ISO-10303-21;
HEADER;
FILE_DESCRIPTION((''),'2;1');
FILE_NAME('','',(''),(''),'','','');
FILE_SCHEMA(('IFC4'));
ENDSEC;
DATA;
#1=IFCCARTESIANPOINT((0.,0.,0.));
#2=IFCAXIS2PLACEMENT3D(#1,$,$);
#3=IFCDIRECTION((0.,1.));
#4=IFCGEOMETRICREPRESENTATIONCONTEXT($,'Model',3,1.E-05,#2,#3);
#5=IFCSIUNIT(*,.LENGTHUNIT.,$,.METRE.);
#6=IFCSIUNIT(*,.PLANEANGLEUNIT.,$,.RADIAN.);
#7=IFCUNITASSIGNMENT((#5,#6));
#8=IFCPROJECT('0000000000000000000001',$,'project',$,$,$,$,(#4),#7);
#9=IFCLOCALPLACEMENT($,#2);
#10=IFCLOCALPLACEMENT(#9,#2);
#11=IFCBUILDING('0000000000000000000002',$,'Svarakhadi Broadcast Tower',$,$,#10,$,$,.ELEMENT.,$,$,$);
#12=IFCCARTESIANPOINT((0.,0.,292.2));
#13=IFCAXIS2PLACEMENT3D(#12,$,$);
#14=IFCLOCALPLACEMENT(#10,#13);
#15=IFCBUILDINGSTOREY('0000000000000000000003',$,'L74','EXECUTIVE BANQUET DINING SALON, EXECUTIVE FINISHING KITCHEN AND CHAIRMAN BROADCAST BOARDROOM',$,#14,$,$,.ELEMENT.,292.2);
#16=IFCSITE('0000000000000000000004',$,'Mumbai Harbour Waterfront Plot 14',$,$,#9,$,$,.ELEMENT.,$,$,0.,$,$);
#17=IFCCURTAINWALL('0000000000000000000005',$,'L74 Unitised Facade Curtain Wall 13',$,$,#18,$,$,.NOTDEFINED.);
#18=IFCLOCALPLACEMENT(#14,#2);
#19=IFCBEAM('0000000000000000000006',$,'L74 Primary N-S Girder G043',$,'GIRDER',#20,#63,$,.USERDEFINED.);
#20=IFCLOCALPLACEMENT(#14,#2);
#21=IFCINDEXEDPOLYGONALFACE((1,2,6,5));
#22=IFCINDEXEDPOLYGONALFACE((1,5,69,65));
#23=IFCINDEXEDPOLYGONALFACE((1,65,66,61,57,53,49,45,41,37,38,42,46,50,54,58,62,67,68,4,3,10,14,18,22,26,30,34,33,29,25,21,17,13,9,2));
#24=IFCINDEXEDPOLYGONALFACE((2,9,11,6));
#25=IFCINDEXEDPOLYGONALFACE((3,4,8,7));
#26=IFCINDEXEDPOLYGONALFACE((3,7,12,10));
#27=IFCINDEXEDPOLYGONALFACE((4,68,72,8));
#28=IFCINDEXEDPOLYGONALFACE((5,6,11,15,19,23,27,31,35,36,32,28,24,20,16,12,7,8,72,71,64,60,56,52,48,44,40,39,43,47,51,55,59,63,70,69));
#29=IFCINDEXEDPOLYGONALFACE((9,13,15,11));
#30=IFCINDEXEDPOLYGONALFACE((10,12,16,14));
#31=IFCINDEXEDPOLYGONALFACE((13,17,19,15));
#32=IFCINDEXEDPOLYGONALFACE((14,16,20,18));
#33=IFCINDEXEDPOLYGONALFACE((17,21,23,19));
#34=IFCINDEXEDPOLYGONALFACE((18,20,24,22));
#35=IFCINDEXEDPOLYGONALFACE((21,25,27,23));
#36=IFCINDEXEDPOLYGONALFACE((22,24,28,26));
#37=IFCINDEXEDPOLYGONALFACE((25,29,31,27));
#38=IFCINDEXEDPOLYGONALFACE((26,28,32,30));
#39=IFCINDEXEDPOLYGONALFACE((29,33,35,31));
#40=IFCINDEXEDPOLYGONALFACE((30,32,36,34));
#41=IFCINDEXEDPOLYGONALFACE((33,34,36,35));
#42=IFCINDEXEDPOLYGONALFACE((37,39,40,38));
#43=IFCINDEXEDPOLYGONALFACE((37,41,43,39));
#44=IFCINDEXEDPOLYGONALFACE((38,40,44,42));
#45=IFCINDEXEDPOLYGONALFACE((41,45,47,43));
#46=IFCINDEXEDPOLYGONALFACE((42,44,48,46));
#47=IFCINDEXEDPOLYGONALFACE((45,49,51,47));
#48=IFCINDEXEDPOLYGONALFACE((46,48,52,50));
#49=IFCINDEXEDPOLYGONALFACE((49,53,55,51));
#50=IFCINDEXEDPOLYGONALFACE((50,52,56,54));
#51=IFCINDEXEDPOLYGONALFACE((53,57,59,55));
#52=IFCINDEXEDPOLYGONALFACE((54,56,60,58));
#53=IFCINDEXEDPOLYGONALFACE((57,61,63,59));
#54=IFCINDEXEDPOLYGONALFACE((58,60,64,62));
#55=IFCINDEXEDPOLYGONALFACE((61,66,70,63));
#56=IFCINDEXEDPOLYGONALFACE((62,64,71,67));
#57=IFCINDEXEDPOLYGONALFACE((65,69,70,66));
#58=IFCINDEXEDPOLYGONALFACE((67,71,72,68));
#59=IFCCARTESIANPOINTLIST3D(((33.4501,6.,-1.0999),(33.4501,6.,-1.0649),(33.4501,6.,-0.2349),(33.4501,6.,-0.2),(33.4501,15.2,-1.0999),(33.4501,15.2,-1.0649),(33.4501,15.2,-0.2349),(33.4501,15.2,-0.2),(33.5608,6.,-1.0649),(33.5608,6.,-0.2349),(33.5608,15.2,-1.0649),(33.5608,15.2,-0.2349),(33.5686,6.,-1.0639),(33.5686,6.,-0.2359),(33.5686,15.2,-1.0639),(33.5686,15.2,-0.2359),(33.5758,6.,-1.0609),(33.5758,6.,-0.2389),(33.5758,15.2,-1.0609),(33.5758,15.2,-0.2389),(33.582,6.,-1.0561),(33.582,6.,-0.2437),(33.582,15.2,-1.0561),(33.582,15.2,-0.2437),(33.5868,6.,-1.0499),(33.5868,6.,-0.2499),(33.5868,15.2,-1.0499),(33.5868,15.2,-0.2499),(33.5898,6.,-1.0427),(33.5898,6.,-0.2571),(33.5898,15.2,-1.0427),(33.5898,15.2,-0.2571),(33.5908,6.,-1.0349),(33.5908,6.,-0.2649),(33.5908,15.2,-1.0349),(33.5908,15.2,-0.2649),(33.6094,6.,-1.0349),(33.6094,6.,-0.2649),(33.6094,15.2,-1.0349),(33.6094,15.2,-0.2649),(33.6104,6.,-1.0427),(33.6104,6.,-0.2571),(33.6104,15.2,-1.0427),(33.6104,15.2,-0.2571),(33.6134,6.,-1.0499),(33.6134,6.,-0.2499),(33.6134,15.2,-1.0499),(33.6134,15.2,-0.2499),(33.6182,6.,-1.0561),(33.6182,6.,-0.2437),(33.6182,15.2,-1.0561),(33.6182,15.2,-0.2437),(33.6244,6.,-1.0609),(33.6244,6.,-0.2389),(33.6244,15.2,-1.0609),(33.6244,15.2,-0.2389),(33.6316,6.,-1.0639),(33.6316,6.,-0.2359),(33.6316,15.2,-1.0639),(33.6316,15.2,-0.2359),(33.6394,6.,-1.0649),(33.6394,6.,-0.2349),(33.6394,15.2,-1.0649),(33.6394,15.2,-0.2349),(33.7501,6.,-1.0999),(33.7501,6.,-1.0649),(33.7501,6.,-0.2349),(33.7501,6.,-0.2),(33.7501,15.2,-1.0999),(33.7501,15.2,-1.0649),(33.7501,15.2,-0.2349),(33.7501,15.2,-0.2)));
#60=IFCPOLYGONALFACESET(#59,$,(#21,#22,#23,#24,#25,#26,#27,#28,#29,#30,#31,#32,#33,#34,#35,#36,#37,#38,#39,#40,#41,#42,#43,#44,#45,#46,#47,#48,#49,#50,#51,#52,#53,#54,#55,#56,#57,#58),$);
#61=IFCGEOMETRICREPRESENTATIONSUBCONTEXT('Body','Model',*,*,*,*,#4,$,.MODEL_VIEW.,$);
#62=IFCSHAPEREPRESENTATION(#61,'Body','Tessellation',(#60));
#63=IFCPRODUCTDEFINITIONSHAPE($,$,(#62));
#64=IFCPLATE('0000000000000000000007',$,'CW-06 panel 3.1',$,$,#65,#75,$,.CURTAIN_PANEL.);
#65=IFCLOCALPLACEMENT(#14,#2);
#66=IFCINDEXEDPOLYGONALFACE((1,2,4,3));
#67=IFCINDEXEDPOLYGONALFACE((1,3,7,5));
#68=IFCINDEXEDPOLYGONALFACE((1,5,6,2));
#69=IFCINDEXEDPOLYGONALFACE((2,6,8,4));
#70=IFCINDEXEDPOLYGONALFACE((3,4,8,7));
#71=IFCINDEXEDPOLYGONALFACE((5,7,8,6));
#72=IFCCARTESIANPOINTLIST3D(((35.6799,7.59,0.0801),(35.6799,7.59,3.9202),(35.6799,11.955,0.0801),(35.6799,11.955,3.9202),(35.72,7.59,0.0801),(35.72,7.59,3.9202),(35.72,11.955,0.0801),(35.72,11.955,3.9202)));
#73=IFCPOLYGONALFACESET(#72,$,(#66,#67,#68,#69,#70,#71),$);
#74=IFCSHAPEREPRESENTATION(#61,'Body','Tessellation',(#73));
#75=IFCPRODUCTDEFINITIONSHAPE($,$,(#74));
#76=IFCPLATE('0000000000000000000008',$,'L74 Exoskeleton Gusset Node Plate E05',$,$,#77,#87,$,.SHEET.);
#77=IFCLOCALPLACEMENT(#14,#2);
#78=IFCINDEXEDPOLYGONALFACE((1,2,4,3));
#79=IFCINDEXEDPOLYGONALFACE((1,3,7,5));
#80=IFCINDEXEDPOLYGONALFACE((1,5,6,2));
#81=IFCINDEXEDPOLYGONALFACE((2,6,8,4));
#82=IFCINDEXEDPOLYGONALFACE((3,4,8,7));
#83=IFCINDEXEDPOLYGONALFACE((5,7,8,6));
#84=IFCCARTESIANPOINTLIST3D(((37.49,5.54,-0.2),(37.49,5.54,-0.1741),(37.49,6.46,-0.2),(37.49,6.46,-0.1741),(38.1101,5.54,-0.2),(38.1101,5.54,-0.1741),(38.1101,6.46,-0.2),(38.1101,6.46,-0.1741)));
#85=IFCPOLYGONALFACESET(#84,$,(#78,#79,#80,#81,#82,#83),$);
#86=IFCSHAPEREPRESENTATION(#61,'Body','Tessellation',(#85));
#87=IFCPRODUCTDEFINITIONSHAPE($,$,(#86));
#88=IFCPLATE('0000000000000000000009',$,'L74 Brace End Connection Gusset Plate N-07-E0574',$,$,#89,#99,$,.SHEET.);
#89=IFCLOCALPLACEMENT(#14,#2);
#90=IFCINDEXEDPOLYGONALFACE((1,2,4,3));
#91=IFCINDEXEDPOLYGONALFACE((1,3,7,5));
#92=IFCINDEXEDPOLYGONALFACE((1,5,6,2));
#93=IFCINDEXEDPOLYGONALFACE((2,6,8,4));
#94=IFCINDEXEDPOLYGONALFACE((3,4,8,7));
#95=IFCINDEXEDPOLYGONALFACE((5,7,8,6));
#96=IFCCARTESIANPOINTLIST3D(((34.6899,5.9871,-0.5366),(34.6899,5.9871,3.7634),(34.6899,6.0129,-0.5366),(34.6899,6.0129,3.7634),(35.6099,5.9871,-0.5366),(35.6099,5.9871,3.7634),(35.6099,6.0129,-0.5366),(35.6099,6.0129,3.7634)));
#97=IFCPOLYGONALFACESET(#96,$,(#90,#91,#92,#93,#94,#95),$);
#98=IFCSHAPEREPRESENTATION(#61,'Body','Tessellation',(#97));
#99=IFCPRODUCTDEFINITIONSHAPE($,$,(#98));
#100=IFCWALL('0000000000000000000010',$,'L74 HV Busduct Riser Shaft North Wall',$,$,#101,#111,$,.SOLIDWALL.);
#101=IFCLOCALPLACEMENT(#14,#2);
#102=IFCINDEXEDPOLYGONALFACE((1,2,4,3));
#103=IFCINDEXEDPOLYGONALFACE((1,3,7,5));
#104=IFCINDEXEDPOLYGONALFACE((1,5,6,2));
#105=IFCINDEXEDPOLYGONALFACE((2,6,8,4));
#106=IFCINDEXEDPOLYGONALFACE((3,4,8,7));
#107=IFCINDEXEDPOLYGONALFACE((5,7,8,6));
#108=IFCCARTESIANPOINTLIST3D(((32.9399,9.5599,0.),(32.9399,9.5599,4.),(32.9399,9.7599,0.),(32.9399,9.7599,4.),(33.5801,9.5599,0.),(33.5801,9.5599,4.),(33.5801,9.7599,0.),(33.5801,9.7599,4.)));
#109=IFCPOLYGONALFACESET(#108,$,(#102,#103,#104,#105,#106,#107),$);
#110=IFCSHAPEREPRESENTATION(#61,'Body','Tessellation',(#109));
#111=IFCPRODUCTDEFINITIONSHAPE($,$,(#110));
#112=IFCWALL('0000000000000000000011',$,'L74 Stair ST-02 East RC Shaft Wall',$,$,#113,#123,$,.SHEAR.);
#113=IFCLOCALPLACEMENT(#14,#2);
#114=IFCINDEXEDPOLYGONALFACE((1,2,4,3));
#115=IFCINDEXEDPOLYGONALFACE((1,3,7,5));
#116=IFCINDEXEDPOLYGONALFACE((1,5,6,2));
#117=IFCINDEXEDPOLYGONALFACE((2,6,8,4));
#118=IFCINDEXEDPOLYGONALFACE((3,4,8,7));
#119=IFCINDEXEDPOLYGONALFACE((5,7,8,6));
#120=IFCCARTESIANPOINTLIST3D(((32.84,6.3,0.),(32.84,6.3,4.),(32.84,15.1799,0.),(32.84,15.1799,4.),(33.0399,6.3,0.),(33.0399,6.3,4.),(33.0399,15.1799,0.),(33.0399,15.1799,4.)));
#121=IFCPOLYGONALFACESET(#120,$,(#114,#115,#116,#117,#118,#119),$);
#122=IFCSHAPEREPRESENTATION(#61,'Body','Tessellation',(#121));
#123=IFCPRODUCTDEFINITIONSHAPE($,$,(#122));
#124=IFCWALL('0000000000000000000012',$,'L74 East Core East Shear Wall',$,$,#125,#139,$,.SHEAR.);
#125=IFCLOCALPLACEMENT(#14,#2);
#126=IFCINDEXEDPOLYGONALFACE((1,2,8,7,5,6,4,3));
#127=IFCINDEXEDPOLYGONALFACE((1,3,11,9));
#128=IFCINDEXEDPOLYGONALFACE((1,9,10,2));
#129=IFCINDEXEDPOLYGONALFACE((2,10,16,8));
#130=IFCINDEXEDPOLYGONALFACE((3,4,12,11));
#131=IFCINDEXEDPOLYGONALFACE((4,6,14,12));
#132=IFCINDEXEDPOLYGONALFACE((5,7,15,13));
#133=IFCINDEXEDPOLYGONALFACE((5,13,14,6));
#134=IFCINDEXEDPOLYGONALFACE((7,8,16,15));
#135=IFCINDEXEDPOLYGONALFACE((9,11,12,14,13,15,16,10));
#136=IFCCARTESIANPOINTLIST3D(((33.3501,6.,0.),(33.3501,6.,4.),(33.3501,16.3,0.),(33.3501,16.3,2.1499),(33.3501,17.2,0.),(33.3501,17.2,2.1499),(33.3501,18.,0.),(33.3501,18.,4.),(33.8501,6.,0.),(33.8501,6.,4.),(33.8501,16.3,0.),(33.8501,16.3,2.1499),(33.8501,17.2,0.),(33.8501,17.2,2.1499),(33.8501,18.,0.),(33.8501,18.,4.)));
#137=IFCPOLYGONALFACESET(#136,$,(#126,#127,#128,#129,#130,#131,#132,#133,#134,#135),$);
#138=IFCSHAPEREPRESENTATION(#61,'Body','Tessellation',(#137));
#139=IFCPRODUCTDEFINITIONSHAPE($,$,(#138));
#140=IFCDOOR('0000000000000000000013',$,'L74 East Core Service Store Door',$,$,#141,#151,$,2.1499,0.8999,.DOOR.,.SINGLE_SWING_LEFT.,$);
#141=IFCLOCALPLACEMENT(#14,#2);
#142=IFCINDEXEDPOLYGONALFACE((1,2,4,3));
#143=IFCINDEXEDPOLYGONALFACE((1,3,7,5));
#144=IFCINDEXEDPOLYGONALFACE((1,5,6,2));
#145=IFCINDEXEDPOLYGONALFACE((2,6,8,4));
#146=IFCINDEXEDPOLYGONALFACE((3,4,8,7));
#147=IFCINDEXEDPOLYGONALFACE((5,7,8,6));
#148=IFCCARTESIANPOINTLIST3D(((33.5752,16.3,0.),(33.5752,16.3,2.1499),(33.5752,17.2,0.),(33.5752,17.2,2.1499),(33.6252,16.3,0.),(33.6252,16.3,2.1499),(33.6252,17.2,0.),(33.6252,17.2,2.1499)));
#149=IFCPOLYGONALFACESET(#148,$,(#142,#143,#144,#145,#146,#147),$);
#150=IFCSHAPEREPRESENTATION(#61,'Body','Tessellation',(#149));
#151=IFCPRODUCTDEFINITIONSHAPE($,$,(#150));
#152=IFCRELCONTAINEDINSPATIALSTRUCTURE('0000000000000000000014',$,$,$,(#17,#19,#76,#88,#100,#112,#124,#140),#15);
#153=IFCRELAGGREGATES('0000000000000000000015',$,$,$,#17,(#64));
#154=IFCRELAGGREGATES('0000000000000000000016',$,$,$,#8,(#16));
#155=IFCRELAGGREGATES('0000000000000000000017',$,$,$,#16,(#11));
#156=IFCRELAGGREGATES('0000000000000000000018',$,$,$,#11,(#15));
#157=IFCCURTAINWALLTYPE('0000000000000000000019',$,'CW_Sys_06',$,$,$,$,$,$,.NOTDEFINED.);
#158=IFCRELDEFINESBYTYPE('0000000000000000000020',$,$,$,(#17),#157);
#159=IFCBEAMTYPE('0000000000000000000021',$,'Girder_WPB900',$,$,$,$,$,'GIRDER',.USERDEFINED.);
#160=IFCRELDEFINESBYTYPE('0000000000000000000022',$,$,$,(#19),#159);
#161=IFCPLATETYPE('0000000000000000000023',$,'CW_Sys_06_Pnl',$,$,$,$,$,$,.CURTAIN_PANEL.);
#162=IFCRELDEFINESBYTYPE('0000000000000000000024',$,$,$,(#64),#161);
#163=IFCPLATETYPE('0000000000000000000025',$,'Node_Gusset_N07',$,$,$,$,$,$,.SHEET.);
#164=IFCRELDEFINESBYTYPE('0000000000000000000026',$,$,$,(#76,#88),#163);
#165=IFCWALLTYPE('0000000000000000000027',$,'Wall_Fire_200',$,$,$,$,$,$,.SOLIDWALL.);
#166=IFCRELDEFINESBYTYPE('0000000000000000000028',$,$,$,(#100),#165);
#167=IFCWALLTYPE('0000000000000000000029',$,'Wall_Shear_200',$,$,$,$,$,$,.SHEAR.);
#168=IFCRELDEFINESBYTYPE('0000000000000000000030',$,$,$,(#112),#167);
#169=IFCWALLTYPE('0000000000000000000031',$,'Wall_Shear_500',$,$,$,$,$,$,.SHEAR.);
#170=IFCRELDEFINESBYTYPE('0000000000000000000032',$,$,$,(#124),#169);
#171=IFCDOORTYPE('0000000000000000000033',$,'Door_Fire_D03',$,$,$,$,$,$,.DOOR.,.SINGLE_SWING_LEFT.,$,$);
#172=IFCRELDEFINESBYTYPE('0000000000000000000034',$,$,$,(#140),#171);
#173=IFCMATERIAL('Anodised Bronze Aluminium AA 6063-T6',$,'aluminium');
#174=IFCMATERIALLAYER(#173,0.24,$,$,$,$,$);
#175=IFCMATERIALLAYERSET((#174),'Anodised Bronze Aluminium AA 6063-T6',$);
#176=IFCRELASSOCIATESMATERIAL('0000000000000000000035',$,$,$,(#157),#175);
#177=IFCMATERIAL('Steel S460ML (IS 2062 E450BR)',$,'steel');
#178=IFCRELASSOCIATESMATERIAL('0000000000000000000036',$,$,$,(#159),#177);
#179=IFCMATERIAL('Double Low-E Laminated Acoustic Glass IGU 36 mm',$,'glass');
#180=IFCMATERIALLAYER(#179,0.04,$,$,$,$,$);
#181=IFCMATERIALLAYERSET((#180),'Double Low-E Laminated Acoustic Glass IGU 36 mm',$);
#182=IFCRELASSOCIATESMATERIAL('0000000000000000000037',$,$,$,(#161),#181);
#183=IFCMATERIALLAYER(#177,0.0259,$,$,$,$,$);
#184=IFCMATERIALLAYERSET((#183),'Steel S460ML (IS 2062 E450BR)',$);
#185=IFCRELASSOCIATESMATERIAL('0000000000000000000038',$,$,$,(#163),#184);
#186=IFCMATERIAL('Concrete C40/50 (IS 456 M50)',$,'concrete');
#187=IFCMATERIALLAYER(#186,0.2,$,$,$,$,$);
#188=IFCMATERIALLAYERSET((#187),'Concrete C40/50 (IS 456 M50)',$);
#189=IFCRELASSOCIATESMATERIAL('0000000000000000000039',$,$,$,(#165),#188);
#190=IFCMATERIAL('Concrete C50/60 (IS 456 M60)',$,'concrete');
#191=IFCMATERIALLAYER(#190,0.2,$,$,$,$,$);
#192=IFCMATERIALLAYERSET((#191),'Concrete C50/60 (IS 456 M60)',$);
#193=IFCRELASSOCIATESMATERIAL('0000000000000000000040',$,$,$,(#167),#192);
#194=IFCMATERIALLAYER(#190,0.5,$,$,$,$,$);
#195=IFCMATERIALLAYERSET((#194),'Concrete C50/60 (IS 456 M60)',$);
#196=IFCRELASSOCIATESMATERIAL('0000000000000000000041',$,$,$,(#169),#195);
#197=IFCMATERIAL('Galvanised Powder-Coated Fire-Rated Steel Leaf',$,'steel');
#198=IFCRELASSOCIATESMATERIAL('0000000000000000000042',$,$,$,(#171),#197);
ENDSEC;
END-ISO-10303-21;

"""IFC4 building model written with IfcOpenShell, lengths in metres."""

from ifc_helpers import new_model, si_unit, direction, frame, frame_2d, origin, origin_2d, place, context, subcontext, project, spatial, rectangle, i_section, extrude, material, layer, layer_set, material_profile, profile_set, type_object, element, fill, aggregate, save


model = new_model("IFC4")

# Units and contexts
model_context = context("Model", 3, precision=1e-05, world=origin(), true_north=direction((0.0, 1.0)))
body_context = subcontext(model_context, "Body", "Model", "MODEL_VIEW")
ifc_project = project(units=[si_unit("LENGTHUNIT", "METRE"), si_unit("PLANEANGLEUNIT", "RADIAN")], contexts=[model_context])

# Site, building, storey
site_placement = place(None, origin())
site = spatial("IfcSite", under=ifc_project, at=site_placement, Name="Mumbai Harbour Waterfront Plot 14", CompositionType="ELEMENT", RefElevation=0.0)
building_placement = place(site_placement, origin())
building = spatial("IfcBuilding", under=site, at=building_placement, Name="Svarakhadi Broadcast Tower", CompositionType="ELEMENT")
storey_placement = place(building_placement, frame((0.0, 0.0, 292.2)))
storey = spatial("IfcBuildingStorey", under=building, at=storey_placement, Name="L74", Description="EXECUTIVE BANQUET DINING SALON, EXECUTIVE FINISHING KITCHEN AND CHAIRMAN BROADCAST BOARDROOM", CompositionType="ELEMENT", Elevation=292.2)

# Shared definitions
ifc_material_1 = material(Name="Steel S460ML (IS 2062 E450BR)", Category="steel")

# Curtain wall
ifc_material_2 = material(Name="Anodised Bronze Aluminium AA 6063-T6", Category="aluminium")
ifc_layer_1 = layer(ifc_material_2, 0.24)
ifc_layer_set_1 = layer_set([ifc_layer_1], Name="Anodised Bronze Aluminium AA 6063-T6")
curtain_wall_type = type_object("IfcCurtainWallType", Name="CW_Sys_06", PredefinedType="NOTDEFINED", material=ifc_layer_set_1)
curtain_wall_placement = place(storey_placement, origin())
curtain_wall = element("IfcCurtainWall", 1, at=curtain_wall_placement, inside=storey, type_object=curtain_wall_type, Name="L74 Unitised Facade Curtain Wall 13", PredefinedType="NOTDEFINED")

# Beam
ifc_material_profile_1 = material_profile(ifc_material_1, i_section(OverallWidth=0.3, OverallDepth=0.8999, WebThickness=0.0186, FlangeThickness=0.0349, FilletRadius=0.03, at=origin_2d()), Name="WPB 900x300x291")
ifc_profile_set_1 = profile_set([ifc_material_profile_1], Name="Steel S460ML (IS 2062 E450BR)")
beam_type_1 = type_object("IfcBeamType", Name="Girder_WPB900", ElementType="GIRDER", PredefinedType="USERDEFINED", material=ifc_profile_set_1)
beam_1_placement = place(storey_placement, frame((33.6001, 6.0, -0.6499), z_axis=(0.0, 1.0, 0.0), x_axis=(-1.0, 0.0, 0.0)))
element("IfcBeam", 2, at=beam_1_placement, inside=storey, type_object=beam_type_1, Name="L74 Primary N-S Girder G043", ObjectType="GIRDER", PredefinedType="USERDEFINED", context=body_context, shape_type="SweptSolid", body=[
    extrude(i_section(OverallWidth=0.3, OverallDepth=0.8999, WebThickness=0.0186, FlangeThickness=0.0349, FilletRadius=0.03, at=origin_2d()), origin(), (0.0, 0.0, 1.0), 9.2),
])

# Plate
ifc_material_3 = material(Name="Double Low-E Laminated Acoustic Glass IGU 36 mm", Category="glass")
ifc_layer_2 = layer(ifc_material_3, 0.04)
ifc_layer_set_2 = layer_set([ifc_layer_2], Name="Double Low-E Laminated Acoustic Glass IGU 36 mm")
plate_type_1 = type_object("IfcPlateType", Name="CW_Sys_06_Pnl", PredefinedType="CURTAIN_PANEL", material=ifc_layer_set_2)
plate_1_placement = place(storey_placement, frame((35.7, 9.7725, 0.0801), z_axis=(0.0, 0.0, 1.0), x_axis=(0.0, -1.0, 0.0)))
plate_1 = element("IfcPlate", 3, at=plate_1_placement, type_object=plate_type_1, Name="CW-06 panel 3.1", PredefinedType="CURTAIN_PANEL", context=body_context, shape_type="SweptSolid", body=[
    extrude(rectangle(XDim=4.365, YDim=0.04, at=origin_2d()), origin(), (0.0, 0.0, 1.0), 3.8401),
])
aggregate(curtain_wall, [plate_1])

# Plates
ifc_layer_3 = layer(ifc_material_1, 0.0259)
ifc_layer_set_3 = layer_set([ifc_layer_3], Name="Steel S460ML (IS 2062 E450BR)")
plate_type_2 = type_object("IfcPlateType", Name="Node_Gusset_N07", PredefinedType="SHEET", material=ifc_layer_set_3)
plate_2_placement = place(storey_placement, frame((37.8, 6.0, -0.2), z_axis=(0.0, 0.0, 1.0), x_axis=(0.0, 1.0, 0.0)))
element("IfcPlate", 4, at=plate_2_placement, inside=storey, type_object=plate_type_2, Name="L74 Exoskeleton Gusset Node Plate E05", PredefinedType="SHEET", context=body_context, shape_type="SweptSolid", body=[
    extrude(rectangle(XDim=0.9199, YDim=0.6201, at=origin_2d()), origin(), (0.0, 0.0, 1.0), 0.0259),
])
plate_3_placement = place(storey_placement, frame((35.1499, 6.0, -0.5366), z_axis=(0.0, 0.0, 1.0), x_axis=(1.0, 0.0, 0.0)))
element("IfcPlate", 5, at=plate_3_placement, inside=storey, type_object=plate_type_2, Name="L74 Brace End Connection Gusset Plate N-07-E0574", PredefinedType="SHEET", context=body_context, shape_type="SweptSolid", body=[
    extrude(rectangle(XDim=0.9199, YDim=0.0259, at=origin_2d()), origin(), (0.0, 0.0, 1.0), 4.3),
])

# Walls
ifc_material_4 = material(Name="Concrete C40/50 (IS 456 M50)", Category="concrete")
ifc_layer_4 = layer(ifc_material_4, 0.2)
ifc_layer_set_4 = layer_set([ifc_layer_4], Name="Concrete C40/50 (IS 456 M50)")
wall_type_1 = type_object("IfcWallType", Name="Wall_Fire_200", PredefinedType="SOLIDWALL", material=ifc_layer_set_4)
wall_1_placement = place(storey_placement, frame((32.9399, 9.6599, 0.0), z_axis=(0.0, 0.0, 1.0), x_axis=(1.0, 0.0, 0.0)))
element("IfcWall", 6, at=wall_1_placement, inside=storey, type_object=wall_type_1, Name="L74 HV Busduct Riser Shaft North Wall", PredefinedType="SOLIDWALL", context=body_context, shape_type="SweptSolid", body=[
    extrude(rectangle(XDim=0.6401, YDim=0.2, at=frame_2d((0.3201, 0.0))), origin(), (0.0, 0.0, 1.0), 4.0),
])
ifc_material_5 = material(Name="Concrete C50/60 (IS 456 M60)", Category="concrete")
ifc_layer_5 = layer(ifc_material_5, 0.2)
ifc_layer_set_5 = layer_set([ifc_layer_5], Name="Concrete C50/60 (IS 456 M60)")
wall_type_2 = type_object("IfcWallType", Name="Wall_Shear_200", PredefinedType="SHEAR", material=ifc_layer_set_5)
wall_2_placement = place(storey_placement, frame((32.9399, 6.3, 0.0), z_axis=(0.0, 0.0, 1.0), x_axis=(0.0, 1.0, 0.0)))
element("IfcWall", 7, at=wall_2_placement, inside=storey, type_object=wall_type_2, Name="L74 Stair ST-02 East RC Shaft Wall", PredefinedType="SHEAR", context=body_context, shape_type="SweptSolid", body=[
    extrude(rectangle(XDim=8.8799, YDim=0.2, at=frame_2d((4.4399, 0.0))), origin(), (0.0, 0.0, 1.0), 4.0),
])

# Wall, opening, door
ifc_layer_6 = layer(ifc_material_5, 0.5)
ifc_layer_set_6 = layer_set([ifc_layer_6], Name="Concrete C50/60 (IS 456 M60)")
wall_type_3 = type_object("IfcWallType", Name="Wall_Shear_500", PredefinedType="SHEAR", material=ifc_layer_set_6)
wall_3_placement = place(storey_placement, frame((33.6001, 6.0, 0.0), z_axis=(0.0, 0.0, 1.0), x_axis=(0.0, 1.0, 0.0)))
wall_3 = element("IfcWall", 8, at=wall_3_placement, inside=storey, type_object=wall_type_3, Name="L74 East Core East Shear Wall", PredefinedType="SHEAR", context=body_context, shape_type="SweptSolid", body=[
    extrude(rectangle(XDim=12.0, YDim=0.5, at=frame_2d((6.0, 0.0))), origin(), (0.0, 0.0, 1.0), 4.0),
])
opening_placement = place(wall_3_placement, frame((10.3, 0.0, 0.0)))
opening = element("IfcOpeningElement", 9, at=opening_placement, cuts=wall_3, PredefinedType="OPENING", context=body_context, shape_type="SweptSolid", body=[
    extrude(rectangle(XDim=0.8999, YDim=2.1499, at=frame_2d((0.45, 1.075))), frame((0.0, 0.26, 0.0), z_axis=(0.0, -1.0, 0.0), x_axis=(1.0, 0.0, 0.0)), (0.0, 0.0, 1.0), 0.52),
])
ifc_material_6 = material(Name="Galvanised Powder-Coated Fire-Rated Steel Leaf", Category="steel")
door_type = type_object("IfcDoorType", Name="Door_Fire_D03", OperationType="SINGLE_SWING_LEFT", PredefinedType="DOOR", material=ifc_material_6)
door_placement = place(opening_placement, origin())
door = element("IfcDoor", 10, at=door_placement, inside=storey, type_object=door_type, Name="L74 East Core Service Store Door", OperationType="SINGLE_SWING_LEFT", OverallHeight=2.1499, OverallWidth=0.8999, PredefinedType="DOOR", context=body_context, shape_type="SweptSolid", body=[
    extrude(rectangle(XDim=0.8999, YDim=2.1499, at=frame_2d((0.45, 1.075))), frame((0.0, 0.0249, 0.0), z_axis=(0.0, -1.0, 0.0), x_axis=(1.0, 0.0, 0.0)), (0.0, 0.0, 1.0), 0.05),
])
fill(opening, door)

save(model, "model.ifc")
